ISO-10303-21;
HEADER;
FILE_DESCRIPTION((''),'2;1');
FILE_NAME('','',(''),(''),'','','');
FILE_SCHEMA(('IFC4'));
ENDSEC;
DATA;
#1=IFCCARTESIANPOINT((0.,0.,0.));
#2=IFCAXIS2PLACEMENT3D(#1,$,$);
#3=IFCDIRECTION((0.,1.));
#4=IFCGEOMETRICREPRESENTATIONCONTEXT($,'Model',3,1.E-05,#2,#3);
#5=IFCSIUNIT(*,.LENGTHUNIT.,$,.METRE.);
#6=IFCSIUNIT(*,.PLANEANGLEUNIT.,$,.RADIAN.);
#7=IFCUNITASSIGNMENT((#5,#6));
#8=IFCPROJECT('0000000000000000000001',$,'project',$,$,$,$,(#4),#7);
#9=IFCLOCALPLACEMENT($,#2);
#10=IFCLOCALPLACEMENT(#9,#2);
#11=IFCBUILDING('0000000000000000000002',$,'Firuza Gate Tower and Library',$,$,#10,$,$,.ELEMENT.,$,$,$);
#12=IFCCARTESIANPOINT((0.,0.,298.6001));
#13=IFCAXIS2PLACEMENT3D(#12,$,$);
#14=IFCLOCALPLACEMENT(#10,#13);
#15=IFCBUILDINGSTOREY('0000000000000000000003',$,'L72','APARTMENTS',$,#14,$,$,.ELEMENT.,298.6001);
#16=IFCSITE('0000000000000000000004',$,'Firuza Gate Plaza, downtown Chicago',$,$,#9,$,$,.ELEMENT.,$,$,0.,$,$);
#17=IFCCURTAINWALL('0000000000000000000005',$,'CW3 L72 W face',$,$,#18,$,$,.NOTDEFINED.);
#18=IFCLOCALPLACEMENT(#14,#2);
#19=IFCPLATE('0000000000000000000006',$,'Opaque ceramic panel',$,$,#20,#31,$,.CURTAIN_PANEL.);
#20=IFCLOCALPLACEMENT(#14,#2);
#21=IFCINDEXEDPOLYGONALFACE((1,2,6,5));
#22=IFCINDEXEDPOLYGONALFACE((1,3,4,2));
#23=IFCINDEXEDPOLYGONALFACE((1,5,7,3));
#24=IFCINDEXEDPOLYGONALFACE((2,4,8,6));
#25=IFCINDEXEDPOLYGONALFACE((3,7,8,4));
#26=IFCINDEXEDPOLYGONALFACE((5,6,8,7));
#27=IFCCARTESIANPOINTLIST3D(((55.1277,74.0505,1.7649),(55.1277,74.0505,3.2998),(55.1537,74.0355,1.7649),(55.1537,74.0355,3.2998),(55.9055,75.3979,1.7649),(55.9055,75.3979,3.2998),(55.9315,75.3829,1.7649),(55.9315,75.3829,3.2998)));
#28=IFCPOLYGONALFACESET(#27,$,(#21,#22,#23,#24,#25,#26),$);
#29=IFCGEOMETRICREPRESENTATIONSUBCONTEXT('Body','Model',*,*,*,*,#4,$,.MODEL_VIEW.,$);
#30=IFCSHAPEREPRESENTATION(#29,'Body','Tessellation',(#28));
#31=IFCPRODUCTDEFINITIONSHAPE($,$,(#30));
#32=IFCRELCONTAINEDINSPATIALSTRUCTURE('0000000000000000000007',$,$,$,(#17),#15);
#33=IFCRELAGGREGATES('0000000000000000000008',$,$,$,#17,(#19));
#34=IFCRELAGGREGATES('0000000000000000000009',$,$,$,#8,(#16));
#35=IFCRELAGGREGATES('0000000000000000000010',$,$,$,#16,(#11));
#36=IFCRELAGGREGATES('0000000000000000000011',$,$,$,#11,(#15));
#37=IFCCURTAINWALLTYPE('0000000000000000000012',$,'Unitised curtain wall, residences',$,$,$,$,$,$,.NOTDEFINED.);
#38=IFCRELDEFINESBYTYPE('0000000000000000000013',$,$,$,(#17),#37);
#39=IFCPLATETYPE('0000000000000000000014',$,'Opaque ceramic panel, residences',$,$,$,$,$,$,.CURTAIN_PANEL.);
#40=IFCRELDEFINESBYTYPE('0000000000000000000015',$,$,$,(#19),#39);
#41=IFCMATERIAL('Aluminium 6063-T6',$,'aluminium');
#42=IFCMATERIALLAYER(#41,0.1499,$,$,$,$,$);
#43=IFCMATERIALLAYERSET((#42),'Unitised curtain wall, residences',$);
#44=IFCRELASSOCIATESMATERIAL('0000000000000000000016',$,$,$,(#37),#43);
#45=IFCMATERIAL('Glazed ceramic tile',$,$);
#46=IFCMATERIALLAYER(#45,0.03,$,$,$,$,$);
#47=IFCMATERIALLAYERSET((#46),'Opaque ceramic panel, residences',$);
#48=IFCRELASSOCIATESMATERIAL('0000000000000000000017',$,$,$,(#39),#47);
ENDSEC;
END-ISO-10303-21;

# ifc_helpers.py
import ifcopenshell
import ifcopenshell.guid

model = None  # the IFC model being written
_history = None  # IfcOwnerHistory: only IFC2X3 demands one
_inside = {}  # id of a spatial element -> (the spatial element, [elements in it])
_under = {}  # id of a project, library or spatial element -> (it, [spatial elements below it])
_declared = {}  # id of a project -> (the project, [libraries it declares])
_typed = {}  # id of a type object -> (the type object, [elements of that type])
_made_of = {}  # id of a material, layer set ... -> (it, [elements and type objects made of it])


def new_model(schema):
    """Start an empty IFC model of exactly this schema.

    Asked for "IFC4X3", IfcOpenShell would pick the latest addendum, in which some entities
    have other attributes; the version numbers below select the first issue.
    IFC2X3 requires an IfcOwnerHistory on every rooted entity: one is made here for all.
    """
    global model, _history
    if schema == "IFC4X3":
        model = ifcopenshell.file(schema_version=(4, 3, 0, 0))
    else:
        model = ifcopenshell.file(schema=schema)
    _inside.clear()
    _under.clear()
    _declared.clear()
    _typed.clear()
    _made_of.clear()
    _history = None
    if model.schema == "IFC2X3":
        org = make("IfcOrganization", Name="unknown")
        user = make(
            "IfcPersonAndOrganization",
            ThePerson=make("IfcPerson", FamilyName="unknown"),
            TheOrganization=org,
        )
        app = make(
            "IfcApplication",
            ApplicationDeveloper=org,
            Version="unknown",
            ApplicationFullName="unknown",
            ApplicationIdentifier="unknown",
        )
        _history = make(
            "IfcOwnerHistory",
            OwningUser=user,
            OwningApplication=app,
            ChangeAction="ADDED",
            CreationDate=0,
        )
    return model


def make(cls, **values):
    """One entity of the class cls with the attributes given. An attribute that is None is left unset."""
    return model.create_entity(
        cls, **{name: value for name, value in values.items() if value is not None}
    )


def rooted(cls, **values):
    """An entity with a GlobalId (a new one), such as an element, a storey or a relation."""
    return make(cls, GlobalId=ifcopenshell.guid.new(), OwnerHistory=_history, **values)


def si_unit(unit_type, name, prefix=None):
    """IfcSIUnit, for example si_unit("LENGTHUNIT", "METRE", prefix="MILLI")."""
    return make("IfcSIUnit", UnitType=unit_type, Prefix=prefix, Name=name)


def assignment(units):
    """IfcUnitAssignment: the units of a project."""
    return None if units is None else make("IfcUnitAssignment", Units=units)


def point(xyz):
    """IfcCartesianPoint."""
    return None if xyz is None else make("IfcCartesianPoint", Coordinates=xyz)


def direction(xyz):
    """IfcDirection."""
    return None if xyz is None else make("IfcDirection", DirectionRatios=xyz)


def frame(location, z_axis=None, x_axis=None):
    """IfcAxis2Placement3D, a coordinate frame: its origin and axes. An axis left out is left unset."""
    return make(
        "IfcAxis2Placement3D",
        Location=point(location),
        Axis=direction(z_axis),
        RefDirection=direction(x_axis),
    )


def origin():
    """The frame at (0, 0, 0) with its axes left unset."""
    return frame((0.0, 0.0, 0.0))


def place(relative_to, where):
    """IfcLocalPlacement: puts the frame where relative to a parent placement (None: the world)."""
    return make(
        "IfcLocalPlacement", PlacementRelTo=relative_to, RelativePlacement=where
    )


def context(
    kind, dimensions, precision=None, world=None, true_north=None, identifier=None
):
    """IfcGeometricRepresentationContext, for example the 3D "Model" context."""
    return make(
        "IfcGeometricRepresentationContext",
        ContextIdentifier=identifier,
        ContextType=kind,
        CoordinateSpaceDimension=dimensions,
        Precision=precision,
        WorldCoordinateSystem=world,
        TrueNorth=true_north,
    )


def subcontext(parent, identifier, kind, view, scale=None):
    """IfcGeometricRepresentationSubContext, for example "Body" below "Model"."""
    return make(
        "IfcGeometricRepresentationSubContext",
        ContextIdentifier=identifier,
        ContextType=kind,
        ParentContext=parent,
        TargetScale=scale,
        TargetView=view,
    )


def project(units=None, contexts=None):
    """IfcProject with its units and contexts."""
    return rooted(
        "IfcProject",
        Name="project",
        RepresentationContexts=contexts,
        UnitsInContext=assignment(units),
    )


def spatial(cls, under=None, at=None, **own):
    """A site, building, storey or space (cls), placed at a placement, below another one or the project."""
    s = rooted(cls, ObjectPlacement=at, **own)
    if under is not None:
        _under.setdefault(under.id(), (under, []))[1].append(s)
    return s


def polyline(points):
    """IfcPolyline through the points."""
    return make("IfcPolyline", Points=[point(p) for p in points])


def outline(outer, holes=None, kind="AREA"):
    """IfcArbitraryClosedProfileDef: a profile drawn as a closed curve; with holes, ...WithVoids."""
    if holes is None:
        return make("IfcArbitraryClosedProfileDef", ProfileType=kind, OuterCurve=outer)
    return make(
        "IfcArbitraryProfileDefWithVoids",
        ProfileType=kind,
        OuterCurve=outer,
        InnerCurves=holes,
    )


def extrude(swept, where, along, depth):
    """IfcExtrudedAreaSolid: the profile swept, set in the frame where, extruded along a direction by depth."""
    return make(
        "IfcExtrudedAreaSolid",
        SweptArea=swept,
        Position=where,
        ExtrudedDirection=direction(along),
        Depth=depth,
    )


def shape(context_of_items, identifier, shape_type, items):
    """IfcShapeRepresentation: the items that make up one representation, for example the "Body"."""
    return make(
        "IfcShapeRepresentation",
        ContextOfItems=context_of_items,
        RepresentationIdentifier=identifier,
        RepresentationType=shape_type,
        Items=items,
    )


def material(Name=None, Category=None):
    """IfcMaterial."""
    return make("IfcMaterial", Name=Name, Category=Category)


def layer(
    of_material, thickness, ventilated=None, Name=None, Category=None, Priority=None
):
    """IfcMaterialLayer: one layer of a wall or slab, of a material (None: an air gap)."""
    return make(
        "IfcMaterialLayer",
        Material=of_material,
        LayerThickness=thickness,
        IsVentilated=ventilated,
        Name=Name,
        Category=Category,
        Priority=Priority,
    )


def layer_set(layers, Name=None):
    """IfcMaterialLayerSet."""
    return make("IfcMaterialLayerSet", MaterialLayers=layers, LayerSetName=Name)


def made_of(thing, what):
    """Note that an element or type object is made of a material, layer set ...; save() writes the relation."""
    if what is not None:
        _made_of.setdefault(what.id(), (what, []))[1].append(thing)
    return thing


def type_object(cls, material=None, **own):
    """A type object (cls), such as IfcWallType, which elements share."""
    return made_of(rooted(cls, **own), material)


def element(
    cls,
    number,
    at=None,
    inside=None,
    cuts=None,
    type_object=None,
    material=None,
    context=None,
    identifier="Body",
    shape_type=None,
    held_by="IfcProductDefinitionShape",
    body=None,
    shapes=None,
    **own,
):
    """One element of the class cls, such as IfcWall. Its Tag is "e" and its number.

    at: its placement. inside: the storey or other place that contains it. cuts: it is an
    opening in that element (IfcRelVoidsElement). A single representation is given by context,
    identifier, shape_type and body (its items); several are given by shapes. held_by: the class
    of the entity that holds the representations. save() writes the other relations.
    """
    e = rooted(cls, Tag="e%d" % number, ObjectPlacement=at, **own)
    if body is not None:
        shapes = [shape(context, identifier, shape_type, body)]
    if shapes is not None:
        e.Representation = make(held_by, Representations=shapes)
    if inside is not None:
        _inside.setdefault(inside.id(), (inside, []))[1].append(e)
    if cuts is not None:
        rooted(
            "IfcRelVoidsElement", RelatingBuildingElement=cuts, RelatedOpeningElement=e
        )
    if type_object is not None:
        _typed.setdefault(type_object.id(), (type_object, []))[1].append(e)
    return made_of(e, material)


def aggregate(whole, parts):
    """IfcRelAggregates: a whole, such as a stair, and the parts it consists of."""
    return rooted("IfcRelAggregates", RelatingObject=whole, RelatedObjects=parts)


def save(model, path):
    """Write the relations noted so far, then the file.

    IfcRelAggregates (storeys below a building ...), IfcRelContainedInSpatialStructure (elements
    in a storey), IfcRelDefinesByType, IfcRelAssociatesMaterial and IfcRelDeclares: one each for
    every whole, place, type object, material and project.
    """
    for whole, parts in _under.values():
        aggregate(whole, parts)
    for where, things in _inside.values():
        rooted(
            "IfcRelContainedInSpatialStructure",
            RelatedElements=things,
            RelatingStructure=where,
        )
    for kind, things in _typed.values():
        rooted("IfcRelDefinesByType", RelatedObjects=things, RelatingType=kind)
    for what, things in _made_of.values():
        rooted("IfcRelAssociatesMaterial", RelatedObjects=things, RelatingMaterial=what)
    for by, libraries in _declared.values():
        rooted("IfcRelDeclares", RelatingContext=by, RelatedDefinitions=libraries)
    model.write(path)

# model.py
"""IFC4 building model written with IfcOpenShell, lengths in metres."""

from ifc_helpers import new_model, si_unit, direction, frame, origin, place, context, subcontext, project, spatial, polyline, outline, extrude, material, layer, layer_set, type_object, element, aggregate, save


model = new_model("IFC4")

# Units and contexts
model_context = context("Model", 3, precision=1e-05, world=origin(), true_north=direction((0.0, 1.0)))
body_context = subcontext(model_context, "Body", "Model", "MODEL_VIEW")
ifc_project = project(units=[si_unit("LENGTHUNIT", "METRE"), si_unit("PLANEANGLEUNIT", "RADIAN")], contexts=[model_context])

# Site, building, storey
site_placement = place(None, origin())
site = spatial("IfcSite", under=ifc_project, at=site_placement, Name="Firuza Gate Plaza, downtown Chicago", CompositionType="ELEMENT", RefElevation=0.0)
building_placement = place(site_placement, origin())
building = spatial("IfcBuilding", under=site, at=building_placement, Name="Firuza Gate Tower and Library", CompositionType="ELEMENT")
storey_placement = place(building_placement, frame((0.0, 0.0, 298.6001)))
storey = spatial("IfcBuildingStorey", under=building, at=storey_placement, Name="L72", Description="APARTMENTS", CompositionType="ELEMENT", Elevation=298.6001)

# Curtain wall
ifc_material_1 = material(Name="Aluminium 6063-T6", Category="aluminium")
ifc_layer_1 = layer(ifc_material_1, 0.1499)
ifc_layer_set_1 = layer_set([ifc_layer_1], Name="Unitised curtain wall, residences")
curtain_wall_type = type_object("IfcCurtainWallType", Name="Unitised curtain wall, residences", PredefinedType="NOTDEFINED", material=ifc_layer_set_1)
curtain_wall_placement = place(storey_placement, origin())
curtain_wall = element("IfcCurtainWall", 1, at=curtain_wall_placement, inside=storey, type_object=curtain_wall_type, Name="CW3 L72 W face", PredefinedType="NOTDEFINED")

# Plate
ifc_material_2 = material(Name="Glazed ceramic tile")
ifc_layer_2 = layer(ifc_material_2, 0.03)
ifc_layer_set_2 = layer_set([ifc_layer_2], Name="Opaque ceramic panel, residences")
plate_type_1 = type_object("IfcPlateType", Name="Opaque ceramic panel, residences", PredefinedType="CURTAIN_PANEL", material=ifc_layer_set_2)
plate_1_placement = place(storey_placement, frame((55.9055, 75.3979, 1.7649), z_axis=(-0.866052, 0.499953, 0.0), x_axis=(-0.499953, -0.866052, 0.0)))
plate_1 = element("IfcPlate", 2, at=plate_1_placement, type_object=plate_type_1, Name="Opaque ceramic panel", PredefinedType="CURTAIN_PANEL", context=body_context, shape_type="SweptSolid", body=[
    extrude(outline(polyline([(0.0, 0.0), (1.5558, 0.0), (1.5558, 1.5349), (0.0, 1.5349), (0.0, 0.0)])), origin(), (0.0, 0.0, -1.0), 0.03),
])
aggregate(curtain_wall, [plate_1])

save(model, "model.ifc")
